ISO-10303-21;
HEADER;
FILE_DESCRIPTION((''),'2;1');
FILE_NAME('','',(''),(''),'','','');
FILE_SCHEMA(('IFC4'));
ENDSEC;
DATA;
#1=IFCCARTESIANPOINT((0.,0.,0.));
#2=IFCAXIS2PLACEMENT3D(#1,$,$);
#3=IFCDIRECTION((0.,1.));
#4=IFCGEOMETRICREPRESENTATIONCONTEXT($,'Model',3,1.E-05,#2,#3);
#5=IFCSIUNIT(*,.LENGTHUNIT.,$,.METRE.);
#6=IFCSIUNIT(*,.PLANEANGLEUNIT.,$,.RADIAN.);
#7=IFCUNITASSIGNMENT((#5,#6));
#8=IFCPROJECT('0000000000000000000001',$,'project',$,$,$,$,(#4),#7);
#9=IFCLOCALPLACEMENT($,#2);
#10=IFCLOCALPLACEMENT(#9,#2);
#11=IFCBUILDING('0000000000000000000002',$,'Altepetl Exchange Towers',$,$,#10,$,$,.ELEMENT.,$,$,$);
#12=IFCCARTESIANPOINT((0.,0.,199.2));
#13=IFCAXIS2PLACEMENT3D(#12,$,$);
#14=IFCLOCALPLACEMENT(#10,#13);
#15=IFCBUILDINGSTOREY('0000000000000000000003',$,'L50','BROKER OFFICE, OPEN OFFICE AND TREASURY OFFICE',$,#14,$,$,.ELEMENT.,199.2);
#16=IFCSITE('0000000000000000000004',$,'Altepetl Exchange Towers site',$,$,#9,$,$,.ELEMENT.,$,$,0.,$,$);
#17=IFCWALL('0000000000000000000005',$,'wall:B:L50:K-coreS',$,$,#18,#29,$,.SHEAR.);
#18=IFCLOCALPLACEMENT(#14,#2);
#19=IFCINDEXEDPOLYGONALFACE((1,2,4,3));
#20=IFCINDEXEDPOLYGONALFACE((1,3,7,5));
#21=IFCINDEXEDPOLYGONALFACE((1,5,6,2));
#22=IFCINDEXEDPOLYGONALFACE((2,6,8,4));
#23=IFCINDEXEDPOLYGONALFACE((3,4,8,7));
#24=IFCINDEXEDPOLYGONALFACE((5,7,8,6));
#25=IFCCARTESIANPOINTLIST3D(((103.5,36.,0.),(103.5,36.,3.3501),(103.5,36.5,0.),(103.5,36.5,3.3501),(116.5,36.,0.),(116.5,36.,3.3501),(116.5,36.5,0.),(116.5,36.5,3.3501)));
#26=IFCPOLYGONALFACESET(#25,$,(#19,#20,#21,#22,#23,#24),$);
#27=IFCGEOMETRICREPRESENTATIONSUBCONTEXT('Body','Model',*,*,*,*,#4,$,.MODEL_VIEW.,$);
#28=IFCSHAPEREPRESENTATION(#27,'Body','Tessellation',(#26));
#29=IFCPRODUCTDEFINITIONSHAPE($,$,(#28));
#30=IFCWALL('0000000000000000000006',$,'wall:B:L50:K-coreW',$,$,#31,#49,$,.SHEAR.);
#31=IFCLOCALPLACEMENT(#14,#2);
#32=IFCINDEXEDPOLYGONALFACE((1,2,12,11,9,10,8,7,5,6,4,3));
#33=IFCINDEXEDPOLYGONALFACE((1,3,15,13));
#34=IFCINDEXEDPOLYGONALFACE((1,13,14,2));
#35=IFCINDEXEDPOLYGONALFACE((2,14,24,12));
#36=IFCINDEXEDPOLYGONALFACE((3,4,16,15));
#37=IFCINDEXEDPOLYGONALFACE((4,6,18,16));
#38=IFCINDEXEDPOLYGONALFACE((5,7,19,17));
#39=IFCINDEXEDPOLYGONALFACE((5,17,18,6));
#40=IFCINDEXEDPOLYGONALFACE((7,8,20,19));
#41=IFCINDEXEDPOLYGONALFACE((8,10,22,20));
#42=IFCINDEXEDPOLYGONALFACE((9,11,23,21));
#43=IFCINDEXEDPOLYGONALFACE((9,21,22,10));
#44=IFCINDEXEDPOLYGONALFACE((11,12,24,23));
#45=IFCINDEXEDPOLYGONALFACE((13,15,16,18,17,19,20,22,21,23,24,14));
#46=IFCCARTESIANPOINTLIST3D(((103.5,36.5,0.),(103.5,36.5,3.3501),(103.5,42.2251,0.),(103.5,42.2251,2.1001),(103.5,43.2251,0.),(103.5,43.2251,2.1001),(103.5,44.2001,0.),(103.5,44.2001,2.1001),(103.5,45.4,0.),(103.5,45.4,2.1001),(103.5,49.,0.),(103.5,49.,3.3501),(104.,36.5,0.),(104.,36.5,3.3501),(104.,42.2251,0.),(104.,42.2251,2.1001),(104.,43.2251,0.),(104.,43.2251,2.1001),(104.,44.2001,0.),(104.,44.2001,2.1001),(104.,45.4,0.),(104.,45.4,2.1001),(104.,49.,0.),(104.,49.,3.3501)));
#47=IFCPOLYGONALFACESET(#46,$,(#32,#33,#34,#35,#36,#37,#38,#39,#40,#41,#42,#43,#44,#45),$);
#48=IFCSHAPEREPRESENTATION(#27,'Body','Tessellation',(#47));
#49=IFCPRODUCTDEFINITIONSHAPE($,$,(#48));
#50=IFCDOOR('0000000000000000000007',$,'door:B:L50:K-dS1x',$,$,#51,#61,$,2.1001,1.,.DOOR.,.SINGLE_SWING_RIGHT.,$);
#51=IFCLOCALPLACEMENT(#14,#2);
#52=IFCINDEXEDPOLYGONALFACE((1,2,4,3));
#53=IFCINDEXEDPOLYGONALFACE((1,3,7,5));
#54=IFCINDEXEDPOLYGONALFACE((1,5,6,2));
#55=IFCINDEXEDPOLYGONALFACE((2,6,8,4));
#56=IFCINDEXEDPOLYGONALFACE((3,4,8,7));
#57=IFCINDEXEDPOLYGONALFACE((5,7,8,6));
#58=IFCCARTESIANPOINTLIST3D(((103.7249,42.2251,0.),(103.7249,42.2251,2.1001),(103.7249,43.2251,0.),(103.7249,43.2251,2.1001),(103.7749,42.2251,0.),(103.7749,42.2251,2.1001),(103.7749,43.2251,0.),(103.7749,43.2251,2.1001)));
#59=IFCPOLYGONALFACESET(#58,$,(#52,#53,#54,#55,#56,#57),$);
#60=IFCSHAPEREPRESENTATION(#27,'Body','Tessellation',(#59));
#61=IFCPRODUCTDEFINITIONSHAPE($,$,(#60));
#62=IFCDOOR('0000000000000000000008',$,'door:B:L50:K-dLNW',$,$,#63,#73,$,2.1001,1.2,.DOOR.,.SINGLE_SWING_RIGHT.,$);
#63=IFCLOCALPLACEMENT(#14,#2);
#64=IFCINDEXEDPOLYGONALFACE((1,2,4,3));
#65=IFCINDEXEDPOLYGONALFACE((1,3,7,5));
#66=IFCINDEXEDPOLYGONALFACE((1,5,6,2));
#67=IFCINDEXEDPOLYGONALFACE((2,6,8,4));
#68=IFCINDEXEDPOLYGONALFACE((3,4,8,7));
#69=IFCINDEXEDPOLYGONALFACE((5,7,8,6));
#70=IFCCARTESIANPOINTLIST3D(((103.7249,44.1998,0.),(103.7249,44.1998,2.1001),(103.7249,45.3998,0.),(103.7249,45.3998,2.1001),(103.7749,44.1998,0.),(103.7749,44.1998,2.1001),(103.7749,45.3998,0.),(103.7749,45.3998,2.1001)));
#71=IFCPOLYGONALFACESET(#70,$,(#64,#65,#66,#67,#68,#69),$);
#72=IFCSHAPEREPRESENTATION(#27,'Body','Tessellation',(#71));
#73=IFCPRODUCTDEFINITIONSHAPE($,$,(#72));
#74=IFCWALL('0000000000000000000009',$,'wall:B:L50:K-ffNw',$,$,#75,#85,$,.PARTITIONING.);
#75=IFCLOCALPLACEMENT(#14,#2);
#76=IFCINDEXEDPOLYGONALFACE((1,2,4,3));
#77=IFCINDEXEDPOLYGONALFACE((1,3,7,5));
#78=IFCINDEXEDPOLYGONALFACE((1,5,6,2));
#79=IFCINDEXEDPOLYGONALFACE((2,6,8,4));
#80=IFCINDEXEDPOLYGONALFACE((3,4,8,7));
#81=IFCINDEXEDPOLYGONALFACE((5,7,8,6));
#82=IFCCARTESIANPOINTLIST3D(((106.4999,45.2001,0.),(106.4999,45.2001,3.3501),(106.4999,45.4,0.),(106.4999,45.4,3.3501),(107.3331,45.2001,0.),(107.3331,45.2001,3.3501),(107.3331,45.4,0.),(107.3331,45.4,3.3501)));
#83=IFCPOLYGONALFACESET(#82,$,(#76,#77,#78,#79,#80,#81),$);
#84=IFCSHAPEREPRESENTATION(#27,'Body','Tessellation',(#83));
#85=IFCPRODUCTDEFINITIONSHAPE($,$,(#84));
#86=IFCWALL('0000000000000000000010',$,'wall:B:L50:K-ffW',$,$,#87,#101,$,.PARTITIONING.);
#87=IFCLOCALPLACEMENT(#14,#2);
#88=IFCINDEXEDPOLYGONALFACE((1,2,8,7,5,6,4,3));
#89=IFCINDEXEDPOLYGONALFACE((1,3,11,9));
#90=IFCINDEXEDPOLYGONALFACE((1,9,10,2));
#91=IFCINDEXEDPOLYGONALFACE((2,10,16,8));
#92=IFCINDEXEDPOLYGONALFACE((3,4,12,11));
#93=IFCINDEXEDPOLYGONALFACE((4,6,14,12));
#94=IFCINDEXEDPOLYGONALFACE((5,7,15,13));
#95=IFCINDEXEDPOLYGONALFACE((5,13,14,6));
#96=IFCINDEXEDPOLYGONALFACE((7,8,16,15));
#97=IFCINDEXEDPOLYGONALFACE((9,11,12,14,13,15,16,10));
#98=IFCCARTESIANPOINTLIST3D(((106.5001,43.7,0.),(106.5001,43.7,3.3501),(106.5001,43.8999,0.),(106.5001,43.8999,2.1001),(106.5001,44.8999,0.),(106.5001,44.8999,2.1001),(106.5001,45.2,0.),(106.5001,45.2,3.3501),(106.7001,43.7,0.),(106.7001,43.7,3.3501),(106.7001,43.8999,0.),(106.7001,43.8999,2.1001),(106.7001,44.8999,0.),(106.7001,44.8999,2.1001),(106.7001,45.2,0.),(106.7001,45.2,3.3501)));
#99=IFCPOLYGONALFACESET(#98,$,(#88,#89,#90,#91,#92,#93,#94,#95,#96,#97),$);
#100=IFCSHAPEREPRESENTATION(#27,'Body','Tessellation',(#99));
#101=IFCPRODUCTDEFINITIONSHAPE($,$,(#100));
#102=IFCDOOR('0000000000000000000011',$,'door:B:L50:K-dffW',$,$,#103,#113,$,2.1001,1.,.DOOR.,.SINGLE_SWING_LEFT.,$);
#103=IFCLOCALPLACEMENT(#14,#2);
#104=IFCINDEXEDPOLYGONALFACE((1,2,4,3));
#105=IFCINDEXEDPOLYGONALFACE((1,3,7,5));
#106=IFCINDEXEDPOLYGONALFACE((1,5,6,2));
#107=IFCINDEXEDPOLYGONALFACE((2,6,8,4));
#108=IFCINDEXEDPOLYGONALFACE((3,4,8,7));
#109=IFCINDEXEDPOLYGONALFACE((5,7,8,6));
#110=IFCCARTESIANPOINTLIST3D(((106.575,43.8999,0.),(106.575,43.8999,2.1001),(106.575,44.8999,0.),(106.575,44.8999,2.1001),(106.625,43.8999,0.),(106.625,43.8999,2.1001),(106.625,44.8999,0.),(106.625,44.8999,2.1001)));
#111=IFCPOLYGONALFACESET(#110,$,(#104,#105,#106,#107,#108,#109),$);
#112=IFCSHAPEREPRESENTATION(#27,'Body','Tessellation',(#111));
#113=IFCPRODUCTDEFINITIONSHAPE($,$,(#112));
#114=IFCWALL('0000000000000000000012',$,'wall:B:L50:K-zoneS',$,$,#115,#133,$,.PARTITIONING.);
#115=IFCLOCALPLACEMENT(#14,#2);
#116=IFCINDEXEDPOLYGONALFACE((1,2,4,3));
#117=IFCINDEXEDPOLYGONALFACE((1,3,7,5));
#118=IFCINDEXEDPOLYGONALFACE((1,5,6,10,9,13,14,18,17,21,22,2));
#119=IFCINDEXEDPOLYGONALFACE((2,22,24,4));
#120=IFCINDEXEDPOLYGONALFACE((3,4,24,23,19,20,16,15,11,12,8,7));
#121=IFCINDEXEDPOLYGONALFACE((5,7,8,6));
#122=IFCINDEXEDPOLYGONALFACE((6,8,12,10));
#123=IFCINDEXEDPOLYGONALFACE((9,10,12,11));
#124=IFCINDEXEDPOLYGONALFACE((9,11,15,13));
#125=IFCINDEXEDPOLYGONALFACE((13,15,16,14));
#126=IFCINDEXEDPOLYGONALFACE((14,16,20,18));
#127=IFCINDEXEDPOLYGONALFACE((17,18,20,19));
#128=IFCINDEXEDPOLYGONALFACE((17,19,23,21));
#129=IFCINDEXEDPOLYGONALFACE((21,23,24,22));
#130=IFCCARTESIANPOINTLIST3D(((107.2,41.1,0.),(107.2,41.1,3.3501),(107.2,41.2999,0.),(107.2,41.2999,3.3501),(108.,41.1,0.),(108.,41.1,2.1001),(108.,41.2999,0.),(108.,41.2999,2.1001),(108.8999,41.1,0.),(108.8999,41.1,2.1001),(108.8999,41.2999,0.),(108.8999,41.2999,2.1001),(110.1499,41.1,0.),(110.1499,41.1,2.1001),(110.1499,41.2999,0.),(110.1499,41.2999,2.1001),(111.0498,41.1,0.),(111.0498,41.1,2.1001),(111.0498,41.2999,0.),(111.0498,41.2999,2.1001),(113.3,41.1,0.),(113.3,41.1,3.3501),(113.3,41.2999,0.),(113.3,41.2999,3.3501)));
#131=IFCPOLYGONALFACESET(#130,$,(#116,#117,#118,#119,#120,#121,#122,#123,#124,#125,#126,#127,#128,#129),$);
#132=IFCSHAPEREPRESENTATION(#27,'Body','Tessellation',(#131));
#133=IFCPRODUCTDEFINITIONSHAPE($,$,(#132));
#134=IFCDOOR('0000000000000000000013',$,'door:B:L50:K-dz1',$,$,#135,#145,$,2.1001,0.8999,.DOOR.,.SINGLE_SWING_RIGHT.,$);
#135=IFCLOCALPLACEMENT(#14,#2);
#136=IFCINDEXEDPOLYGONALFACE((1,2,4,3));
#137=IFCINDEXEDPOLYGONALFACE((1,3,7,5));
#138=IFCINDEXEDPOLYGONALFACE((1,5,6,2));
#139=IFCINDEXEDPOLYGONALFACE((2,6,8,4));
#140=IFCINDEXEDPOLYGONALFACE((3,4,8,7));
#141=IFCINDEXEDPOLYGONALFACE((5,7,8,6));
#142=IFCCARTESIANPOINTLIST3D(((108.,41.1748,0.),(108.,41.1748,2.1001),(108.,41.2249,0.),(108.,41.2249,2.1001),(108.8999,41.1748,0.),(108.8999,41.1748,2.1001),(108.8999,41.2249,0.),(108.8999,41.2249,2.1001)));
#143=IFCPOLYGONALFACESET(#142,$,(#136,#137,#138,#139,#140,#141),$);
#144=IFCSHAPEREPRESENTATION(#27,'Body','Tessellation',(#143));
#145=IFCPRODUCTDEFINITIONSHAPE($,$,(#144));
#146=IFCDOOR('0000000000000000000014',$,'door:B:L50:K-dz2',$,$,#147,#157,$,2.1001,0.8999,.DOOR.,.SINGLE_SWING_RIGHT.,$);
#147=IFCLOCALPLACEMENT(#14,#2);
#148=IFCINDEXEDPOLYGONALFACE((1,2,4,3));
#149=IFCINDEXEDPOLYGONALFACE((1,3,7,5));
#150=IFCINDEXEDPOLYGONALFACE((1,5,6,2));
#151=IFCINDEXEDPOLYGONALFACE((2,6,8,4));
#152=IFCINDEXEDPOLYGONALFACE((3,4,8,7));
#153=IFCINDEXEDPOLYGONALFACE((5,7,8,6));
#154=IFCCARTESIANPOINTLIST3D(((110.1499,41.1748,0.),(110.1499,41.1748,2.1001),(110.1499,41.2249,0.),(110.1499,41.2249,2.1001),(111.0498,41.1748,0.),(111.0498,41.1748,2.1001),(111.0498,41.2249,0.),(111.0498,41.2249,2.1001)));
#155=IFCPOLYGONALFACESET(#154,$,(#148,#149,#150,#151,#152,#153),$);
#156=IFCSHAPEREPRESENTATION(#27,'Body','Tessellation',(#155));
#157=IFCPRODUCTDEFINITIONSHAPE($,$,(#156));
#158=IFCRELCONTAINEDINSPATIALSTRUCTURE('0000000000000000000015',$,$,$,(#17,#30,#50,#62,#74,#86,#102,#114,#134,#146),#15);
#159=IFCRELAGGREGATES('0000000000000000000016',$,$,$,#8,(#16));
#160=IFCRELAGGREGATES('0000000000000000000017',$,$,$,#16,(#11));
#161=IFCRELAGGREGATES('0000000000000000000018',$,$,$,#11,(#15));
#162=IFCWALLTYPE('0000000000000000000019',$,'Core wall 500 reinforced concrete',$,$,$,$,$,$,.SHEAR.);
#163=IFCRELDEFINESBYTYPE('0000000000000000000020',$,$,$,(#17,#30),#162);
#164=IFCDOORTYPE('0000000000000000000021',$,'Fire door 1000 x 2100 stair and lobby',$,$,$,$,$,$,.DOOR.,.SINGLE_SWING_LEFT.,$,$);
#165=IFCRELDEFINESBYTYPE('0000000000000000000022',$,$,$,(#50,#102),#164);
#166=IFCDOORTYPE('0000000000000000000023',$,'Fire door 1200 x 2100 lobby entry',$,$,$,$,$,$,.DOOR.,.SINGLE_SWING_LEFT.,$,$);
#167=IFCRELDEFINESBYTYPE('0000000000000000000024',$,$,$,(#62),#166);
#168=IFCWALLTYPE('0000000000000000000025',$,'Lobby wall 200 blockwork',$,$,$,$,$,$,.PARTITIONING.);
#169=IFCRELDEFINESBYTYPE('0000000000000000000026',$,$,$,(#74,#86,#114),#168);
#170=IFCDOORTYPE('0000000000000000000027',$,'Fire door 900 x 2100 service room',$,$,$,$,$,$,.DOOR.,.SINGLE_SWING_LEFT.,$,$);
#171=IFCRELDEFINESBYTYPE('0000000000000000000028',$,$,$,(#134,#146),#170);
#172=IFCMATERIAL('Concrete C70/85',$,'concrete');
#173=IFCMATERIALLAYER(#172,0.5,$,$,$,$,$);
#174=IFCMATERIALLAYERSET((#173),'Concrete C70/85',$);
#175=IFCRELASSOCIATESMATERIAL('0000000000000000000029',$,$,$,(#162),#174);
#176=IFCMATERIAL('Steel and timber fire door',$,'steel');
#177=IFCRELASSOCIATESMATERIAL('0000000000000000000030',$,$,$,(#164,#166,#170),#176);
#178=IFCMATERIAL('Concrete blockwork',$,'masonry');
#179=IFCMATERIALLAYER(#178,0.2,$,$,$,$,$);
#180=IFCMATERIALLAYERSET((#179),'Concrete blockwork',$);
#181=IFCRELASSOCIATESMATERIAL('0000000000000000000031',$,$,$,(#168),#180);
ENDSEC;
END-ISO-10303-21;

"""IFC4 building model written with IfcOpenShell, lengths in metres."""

from ifc_helpers import new_model, si_unit, direction, frame, frame_2d, origin, place, context, subcontext, project, spatial, rectangle, extrude, material, layer, layer_set, type_object, element, fill, save


model = new_model("IFC4")

# Units and contexts
model_context = context("Model", 3, precision=1e-05, world=origin(), true_north=direction((0.0, 1.0)))
body_context = subcontext(model_context, "Body", "Model", "MODEL_VIEW")
ifc_project = project(units=[si_unit("LENGTHUNIT", "METRE"), si_unit("PLANEANGLEUNIT", "RADIAN")], contexts=[model_context])

# Site, building, storey
site_placement = place(None, origin())
site = spatial("IfcSite", under=ifc_project, at=site_placement, Name="Altepetl Exchange Towers site", CompositionType="ELEMENT", RefElevation=0.0)
building_placement = place(site_placement, origin())
building = spatial("IfcBuilding", under=site, at=building_placement, Name="Altepetl Exchange Towers", CompositionType="ELEMENT")
storey_placement = place(building_placement, frame((0.0, 0.0, 199.2)))
storey = spatial("IfcBuildingStorey", under=building, at=storey_placement, Name="L50", Description="BROKER OFFICE, OPEN OFFICE AND TREASURY OFFICE", CompositionType="ELEMENT", Elevation=199.2)

# Wall
ifc_material_1 = material(Name="Concrete C70/85", Category="concrete")
ifc_layer_1 = layer(ifc_material_1, 0.5)
ifc_layer_set_1 = layer_set([ifc_layer_1], Name="Concrete C70/85")
wall_type_1 = type_object("IfcWallType", Name="Core wall 500 reinforced concrete", PredefinedType="SHEAR", material=ifc_layer_set_1)
wall_1_placement = place(storey_placement, frame((103.5, 36.25, 0.0)))
element("IfcWall", 1, at=wall_1_placement, inside=storey, type_object=wall_type_1, Name="wall:B:L50:K-coreS", PredefinedType="SHEAR", context=body_context, shape_type="SweptSolid", body=[
    extrude(rectangle(XDim=13.0, YDim=0.5, at=frame_2d((6.5, 0.0))), origin(), (0.0, 0.0, 1.0), 3.3501),
])

# Wall, openings, doors
wall_2_placement = place(storey_placement, frame((103.75, 36.5, 0.0), z_axis=(0.0, 0.0, 1.0), x_axis=(0.0, 1.0, 0.0)))
wall_2 = element("IfcWall", 2, at=wall_2_placement, inside=storey, type_object=wall_type_1, Name="wall:B:L50:K-coreW", PredefinedType="SHEAR", context=body_context, shape_type="SweptSolid", body=[
    extrude(rectangle(XDim=12.5, YDim=0.5, at=frame_2d((6.25, 0.0))), origin(), (0.0, 0.0, 1.0), 3.3501),
])
opening_1_placement = place(wall_2_placement, frame((7.7, 0.0, 0.0)))
opening_1 = element("IfcOpeningElement", 3, at=opening_1_placement, cuts=wall_2, PredefinedType="OPENING", context=body_context, shape_type="SweptSolid", body=[
    extrude(rectangle(XDim=1.2, YDim=2.1001, at=frame_2d((0.6001, 1.05))), frame((0.0, 0.26, 0.0), z_axis=(0.0, -1.0, 0.0), x_axis=(1.0, 0.0, 0.0)), (0.0, 0.0, 1.0), 0.52),
])
opening_2_placement = place(wall_2_placement, frame((5.7251, 0.0, 0.0)))
opening_2 = element("IfcOpeningElement", 4, at=opening_2_placement, cuts=wall_2, PredefinedType="OPENING", context=body_context, shape_type="SweptSolid", body=[
    extrude(rectangle(XDim=1.0, YDim=2.1001, at=frame_2d((0.5, 1.05))), frame((0.0, 0.26, 0.0), z_axis=(0.0, -1.0, 0.0), x_axis=(1.0, 0.0, 0.0)), (0.0, 0.0, 1.0), 0.52),
])
ifc_material_2 = material(Name="Steel and timber fire door", Category="steel")
door_type_1 = type_object("IfcDoorType", Name="Fire door 1000 x 2100 stair and lobby", OperationType="SINGLE_SWING_LEFT", PredefinedType="DOOR", material=ifc_material_2)
door_1_placement = place(opening_2_placement, frame((1.0, 0.0, 0.0), x_axis=(-1.0, 0.0, 0.0)))
door_1 = element("IfcDoor", 5, at=door_1_placement, inside=storey, type_object=door_type_1, Name="door:B:L50:K-dS1x", OperationType="SINGLE_SWING_RIGHT", OverallHeight=2.1001, OverallWidth=1.0, PredefinedType="DOOR", context=body_context, shape_type="SweptSolid", body=[
    extrude(rectangle(XDim=1.0, YDim=2.1001, at=frame_2d((0.5, 1.05))), frame((0.0, 0.0249, 0.0), z_axis=(0.0, -1.0, 0.0), x_axis=(1.0, 0.0, 0.0)), (0.0, 0.0, 1.0), 0.05),
])
fill(opening_2, door_1)
door_type_2 = type_object("IfcDoorType", Name="Fire door 1200 x 2100 lobby entry", OperationType="SINGLE_SWING_LEFT", PredefinedType="DOOR", material=ifc_material_2)
door_2_placement = place(opening_1_placement, frame((1.2, 0.0, 0.0), x_axis=(-1.0, 0.0, 0.0)))
door_2 = element("IfcDoor", 6, at=door_2_placement, inside=storey, type_object=door_type_2, Name="door:B:L50:K-dLNW", OperationType="SINGLE_SWING_RIGHT", OverallHeight=2.1001, OverallWidth=1.2, PredefinedType="DOOR", context=body_context, shape_type="SweptSolid", body=[
    extrude(rectangle(XDim=1.2, YDim=2.1001, at=frame_2d((0.6001, 1.05))), frame((0.0, 0.0249, 0.0), z_axis=(0.0, -1.0, 0.0), x_axis=(1.0, 0.0, 0.0)), (0.0, 0.0, 1.0), 0.05),
])
fill(opening_1, door_2)

# Wall
ifc_material_3 = material(Name="Concrete blockwork", Category="masonry")
ifc_layer_2 = layer(ifc_material_3, 0.2)
ifc_layer_set_2 = layer_set([ifc_layer_2], Name="Concrete blockwork")
wall_type_2 = type_object("IfcWallType", Name="Lobby wall 200 blockwork", PredefinedType="PARTITIONING", material=ifc_layer_set_2)
wall_3_placement = place(storey_placement, frame((106.5, 45.3, 0.0)))
element("IfcWall", 7, at=wall_3_placement, inside=storey, type_object=wall_type_2, Name="wall:B:L50:K-ffNw", PredefinedType="PARTITIONING", context=body_context, shape_type="SweptSolid", body=[
    extrude(rectangle(XDim=0.8333, YDim=0.2, at=frame_2d((0.4165, 0.0))), origin(), (0.0, 0.0, 1.0), 3.3501),
])

# Wall, opening, door
wall_4_placement = place(storey_placement, frame((106.6001, 43.7, 0.0), z_axis=(0.0, 0.0, 1.0), x_axis=(0.0, 1.0, 0.0)))
wall_4 = element("IfcWall", 8, at=wall_4_placement, inside=storey, type_object=wall_type_2, Name="wall:B:L50:K-ffW", PredefinedType="PARTITIONING", context=body_context, shape_type="SweptSolid", body=[
    extrude(rectangle(XDim=1.5, YDim=0.2, at=frame_2d((0.75, 0.0))), origin(), (0.0, 0.0, 1.0), 3.3501),
])
opening_3_placement = place(wall_4_placement, frame((0.2, 0.0, 0.0)))
opening_3 = element("IfcOpeningElement", 9, at=opening_3_placement, cuts=wall_4, PredefinedType="OPENING", context=body_context, shape_type="SweptSolid", body=[
    extrude(rectangle(XDim=1.0, YDim=2.1001, at=frame_2d((0.5, 1.05))), frame((0.0, 0.1099, 0.0), z_axis=(0.0, -1.0, 0.0), x_axis=(1.0, 0.0, 0.0)), (0.0, 0.0, 1.0), 0.22),
])
door_3_placement = place(opening_3_placement, frame((1.0, 0.0, 0.0), x_axis=(-1.0, 0.0, 0.0)))
door_3 = element("IfcDoor", 10, at=door_3_placement, inside=storey, type_object=door_type_1, Name="door:B:L50:K-dffW", OperationType="SINGLE_SWING_LEFT", OverallHeight=2.1001, OverallWidth=1.0, PredefinedType="DOOR", context=body_context, shape_type="SweptSolid", body=[
    extrude(rectangle(XDim=1.0, YDim=2.1001, at=frame_2d((0.5, 1.05))), frame((0.0, 0.0249, 0.0), z_axis=(0.0, -1.0, 0.0), x_axis=(1.0, 0.0, 0.0)), (0.0, 0.0, 1.0), 0.05),
])
fill(opening_3, door_3)

# Wall, openings, doors
wall_5_placement = place(storey_placement, frame((107.2, 41.2, 0.0)))
wall_5 = element("IfcWall", 11, at=wall_5_placement, inside=storey, type_object=wall_type_2, Name="wall:B:L50:K-zoneS", PredefinedType="PARTITIONING", context=body_context, shape_type="SweptSolid", body=[
    extrude(rectangle(XDim=6.1001, YDim=0.2, at=frame_2d((3.05, 0.0))), origin(), (0.0, 0.0, 1.0), 3.3501),
])
opening_4_placement = place(wall_5_placement, frame((0.8, 0.0, 0.0)))
opening_4 = element("IfcOpeningElement", 12, at=opening_4_placement, cuts=wall_5, PredefinedType="OPENING", context=body_context, shape_type="SweptSolid", body=[
    extrude(rectangle(XDim=0.8999, YDim=2.1001, at=frame_2d((0.45, 1.05))), frame((0.0, 0.1099, 0.0), z_axis=(0.0, -1.0, 0.0), x_axis=(1.0, 0.0, 0.0)), (0.0, 0.0, 1.0), 0.22),
])
opening_5_placement = place(wall_5_placement, frame((2.95, 0.0, 0.0)))
opening_5 = element("IfcOpeningElement", 13, at=opening_5_placement, cuts=wall_5, PredefinedType="OPENING", context=body_context, shape_type="SweptSolid", body=[
    extrude(rectangle(XDim=0.8999, YDim=2.1001, at=frame_2d((0.45, 1.05))), frame((0.0, 0.1099, 0.0), z_axis=(0.0, -1.0, 0.0), x_axis=(1.0, 0.0, 0.0)), (0.0, 0.0, 1.0), 0.22),
])
door_type_3 = type_object("IfcDoorType", Name="Fire door 900 x 2100 service room", OperationType="SINGLE_SWING_LEFT", PredefinedType="DOOR", material=ifc_material_2)
door_4_placement = place(opening_4_placement, origin())
door_4 = element("IfcDoor", 14, at=door_4_placement, inside=storey, type_object=door_type_3, Name="door:B:L50:K-dz1", OperationType="SINGLE_SWING_RIGHT", OverallHeight=2.1001, OverallWidth=0.8999, PredefinedType="DOOR", context=body_context, shape_type="SweptSolid", body=[
    extrude(rectangle(XDim=0.8999, YDim=2.1001, at=frame_2d((0.45, 1.05))), frame((0.0, 0.0249, 0.0), z_axis=(0.0, -1.0, 0.0), x_axis=(1.0, 0.0, 0.0)), (0.0, 0.0, 1.0), 0.05),
])
fill(opening_4, door_4)
door_5_placement = place(opening_5_placement, origin())
door_5 = element("IfcDoor", 15, at=door_5_placement, inside=storey, type_object=door_type_3, Name="door:B:L50:K-dz2", OperationType="SINGLE_SWING_RIGHT", OverallHeight=2.1001, OverallWidth=0.8999, PredefinedType="DOOR", context=body_context, shape_type="SweptSolid", body=[
    extrude(rectangle(XDim=0.8999, YDim=2.1001, at=frame_2d((0.45, 1.05))), frame((0.0, 0.0249, 0.0), z_axis=(0.0, -1.0, 0.0), x_axis=(1.0, 0.0, 0.0)), (0.0, 0.0, 1.0), 0.05),
])
fill(opening_5, door_5)

save(model, "model.ifc")
